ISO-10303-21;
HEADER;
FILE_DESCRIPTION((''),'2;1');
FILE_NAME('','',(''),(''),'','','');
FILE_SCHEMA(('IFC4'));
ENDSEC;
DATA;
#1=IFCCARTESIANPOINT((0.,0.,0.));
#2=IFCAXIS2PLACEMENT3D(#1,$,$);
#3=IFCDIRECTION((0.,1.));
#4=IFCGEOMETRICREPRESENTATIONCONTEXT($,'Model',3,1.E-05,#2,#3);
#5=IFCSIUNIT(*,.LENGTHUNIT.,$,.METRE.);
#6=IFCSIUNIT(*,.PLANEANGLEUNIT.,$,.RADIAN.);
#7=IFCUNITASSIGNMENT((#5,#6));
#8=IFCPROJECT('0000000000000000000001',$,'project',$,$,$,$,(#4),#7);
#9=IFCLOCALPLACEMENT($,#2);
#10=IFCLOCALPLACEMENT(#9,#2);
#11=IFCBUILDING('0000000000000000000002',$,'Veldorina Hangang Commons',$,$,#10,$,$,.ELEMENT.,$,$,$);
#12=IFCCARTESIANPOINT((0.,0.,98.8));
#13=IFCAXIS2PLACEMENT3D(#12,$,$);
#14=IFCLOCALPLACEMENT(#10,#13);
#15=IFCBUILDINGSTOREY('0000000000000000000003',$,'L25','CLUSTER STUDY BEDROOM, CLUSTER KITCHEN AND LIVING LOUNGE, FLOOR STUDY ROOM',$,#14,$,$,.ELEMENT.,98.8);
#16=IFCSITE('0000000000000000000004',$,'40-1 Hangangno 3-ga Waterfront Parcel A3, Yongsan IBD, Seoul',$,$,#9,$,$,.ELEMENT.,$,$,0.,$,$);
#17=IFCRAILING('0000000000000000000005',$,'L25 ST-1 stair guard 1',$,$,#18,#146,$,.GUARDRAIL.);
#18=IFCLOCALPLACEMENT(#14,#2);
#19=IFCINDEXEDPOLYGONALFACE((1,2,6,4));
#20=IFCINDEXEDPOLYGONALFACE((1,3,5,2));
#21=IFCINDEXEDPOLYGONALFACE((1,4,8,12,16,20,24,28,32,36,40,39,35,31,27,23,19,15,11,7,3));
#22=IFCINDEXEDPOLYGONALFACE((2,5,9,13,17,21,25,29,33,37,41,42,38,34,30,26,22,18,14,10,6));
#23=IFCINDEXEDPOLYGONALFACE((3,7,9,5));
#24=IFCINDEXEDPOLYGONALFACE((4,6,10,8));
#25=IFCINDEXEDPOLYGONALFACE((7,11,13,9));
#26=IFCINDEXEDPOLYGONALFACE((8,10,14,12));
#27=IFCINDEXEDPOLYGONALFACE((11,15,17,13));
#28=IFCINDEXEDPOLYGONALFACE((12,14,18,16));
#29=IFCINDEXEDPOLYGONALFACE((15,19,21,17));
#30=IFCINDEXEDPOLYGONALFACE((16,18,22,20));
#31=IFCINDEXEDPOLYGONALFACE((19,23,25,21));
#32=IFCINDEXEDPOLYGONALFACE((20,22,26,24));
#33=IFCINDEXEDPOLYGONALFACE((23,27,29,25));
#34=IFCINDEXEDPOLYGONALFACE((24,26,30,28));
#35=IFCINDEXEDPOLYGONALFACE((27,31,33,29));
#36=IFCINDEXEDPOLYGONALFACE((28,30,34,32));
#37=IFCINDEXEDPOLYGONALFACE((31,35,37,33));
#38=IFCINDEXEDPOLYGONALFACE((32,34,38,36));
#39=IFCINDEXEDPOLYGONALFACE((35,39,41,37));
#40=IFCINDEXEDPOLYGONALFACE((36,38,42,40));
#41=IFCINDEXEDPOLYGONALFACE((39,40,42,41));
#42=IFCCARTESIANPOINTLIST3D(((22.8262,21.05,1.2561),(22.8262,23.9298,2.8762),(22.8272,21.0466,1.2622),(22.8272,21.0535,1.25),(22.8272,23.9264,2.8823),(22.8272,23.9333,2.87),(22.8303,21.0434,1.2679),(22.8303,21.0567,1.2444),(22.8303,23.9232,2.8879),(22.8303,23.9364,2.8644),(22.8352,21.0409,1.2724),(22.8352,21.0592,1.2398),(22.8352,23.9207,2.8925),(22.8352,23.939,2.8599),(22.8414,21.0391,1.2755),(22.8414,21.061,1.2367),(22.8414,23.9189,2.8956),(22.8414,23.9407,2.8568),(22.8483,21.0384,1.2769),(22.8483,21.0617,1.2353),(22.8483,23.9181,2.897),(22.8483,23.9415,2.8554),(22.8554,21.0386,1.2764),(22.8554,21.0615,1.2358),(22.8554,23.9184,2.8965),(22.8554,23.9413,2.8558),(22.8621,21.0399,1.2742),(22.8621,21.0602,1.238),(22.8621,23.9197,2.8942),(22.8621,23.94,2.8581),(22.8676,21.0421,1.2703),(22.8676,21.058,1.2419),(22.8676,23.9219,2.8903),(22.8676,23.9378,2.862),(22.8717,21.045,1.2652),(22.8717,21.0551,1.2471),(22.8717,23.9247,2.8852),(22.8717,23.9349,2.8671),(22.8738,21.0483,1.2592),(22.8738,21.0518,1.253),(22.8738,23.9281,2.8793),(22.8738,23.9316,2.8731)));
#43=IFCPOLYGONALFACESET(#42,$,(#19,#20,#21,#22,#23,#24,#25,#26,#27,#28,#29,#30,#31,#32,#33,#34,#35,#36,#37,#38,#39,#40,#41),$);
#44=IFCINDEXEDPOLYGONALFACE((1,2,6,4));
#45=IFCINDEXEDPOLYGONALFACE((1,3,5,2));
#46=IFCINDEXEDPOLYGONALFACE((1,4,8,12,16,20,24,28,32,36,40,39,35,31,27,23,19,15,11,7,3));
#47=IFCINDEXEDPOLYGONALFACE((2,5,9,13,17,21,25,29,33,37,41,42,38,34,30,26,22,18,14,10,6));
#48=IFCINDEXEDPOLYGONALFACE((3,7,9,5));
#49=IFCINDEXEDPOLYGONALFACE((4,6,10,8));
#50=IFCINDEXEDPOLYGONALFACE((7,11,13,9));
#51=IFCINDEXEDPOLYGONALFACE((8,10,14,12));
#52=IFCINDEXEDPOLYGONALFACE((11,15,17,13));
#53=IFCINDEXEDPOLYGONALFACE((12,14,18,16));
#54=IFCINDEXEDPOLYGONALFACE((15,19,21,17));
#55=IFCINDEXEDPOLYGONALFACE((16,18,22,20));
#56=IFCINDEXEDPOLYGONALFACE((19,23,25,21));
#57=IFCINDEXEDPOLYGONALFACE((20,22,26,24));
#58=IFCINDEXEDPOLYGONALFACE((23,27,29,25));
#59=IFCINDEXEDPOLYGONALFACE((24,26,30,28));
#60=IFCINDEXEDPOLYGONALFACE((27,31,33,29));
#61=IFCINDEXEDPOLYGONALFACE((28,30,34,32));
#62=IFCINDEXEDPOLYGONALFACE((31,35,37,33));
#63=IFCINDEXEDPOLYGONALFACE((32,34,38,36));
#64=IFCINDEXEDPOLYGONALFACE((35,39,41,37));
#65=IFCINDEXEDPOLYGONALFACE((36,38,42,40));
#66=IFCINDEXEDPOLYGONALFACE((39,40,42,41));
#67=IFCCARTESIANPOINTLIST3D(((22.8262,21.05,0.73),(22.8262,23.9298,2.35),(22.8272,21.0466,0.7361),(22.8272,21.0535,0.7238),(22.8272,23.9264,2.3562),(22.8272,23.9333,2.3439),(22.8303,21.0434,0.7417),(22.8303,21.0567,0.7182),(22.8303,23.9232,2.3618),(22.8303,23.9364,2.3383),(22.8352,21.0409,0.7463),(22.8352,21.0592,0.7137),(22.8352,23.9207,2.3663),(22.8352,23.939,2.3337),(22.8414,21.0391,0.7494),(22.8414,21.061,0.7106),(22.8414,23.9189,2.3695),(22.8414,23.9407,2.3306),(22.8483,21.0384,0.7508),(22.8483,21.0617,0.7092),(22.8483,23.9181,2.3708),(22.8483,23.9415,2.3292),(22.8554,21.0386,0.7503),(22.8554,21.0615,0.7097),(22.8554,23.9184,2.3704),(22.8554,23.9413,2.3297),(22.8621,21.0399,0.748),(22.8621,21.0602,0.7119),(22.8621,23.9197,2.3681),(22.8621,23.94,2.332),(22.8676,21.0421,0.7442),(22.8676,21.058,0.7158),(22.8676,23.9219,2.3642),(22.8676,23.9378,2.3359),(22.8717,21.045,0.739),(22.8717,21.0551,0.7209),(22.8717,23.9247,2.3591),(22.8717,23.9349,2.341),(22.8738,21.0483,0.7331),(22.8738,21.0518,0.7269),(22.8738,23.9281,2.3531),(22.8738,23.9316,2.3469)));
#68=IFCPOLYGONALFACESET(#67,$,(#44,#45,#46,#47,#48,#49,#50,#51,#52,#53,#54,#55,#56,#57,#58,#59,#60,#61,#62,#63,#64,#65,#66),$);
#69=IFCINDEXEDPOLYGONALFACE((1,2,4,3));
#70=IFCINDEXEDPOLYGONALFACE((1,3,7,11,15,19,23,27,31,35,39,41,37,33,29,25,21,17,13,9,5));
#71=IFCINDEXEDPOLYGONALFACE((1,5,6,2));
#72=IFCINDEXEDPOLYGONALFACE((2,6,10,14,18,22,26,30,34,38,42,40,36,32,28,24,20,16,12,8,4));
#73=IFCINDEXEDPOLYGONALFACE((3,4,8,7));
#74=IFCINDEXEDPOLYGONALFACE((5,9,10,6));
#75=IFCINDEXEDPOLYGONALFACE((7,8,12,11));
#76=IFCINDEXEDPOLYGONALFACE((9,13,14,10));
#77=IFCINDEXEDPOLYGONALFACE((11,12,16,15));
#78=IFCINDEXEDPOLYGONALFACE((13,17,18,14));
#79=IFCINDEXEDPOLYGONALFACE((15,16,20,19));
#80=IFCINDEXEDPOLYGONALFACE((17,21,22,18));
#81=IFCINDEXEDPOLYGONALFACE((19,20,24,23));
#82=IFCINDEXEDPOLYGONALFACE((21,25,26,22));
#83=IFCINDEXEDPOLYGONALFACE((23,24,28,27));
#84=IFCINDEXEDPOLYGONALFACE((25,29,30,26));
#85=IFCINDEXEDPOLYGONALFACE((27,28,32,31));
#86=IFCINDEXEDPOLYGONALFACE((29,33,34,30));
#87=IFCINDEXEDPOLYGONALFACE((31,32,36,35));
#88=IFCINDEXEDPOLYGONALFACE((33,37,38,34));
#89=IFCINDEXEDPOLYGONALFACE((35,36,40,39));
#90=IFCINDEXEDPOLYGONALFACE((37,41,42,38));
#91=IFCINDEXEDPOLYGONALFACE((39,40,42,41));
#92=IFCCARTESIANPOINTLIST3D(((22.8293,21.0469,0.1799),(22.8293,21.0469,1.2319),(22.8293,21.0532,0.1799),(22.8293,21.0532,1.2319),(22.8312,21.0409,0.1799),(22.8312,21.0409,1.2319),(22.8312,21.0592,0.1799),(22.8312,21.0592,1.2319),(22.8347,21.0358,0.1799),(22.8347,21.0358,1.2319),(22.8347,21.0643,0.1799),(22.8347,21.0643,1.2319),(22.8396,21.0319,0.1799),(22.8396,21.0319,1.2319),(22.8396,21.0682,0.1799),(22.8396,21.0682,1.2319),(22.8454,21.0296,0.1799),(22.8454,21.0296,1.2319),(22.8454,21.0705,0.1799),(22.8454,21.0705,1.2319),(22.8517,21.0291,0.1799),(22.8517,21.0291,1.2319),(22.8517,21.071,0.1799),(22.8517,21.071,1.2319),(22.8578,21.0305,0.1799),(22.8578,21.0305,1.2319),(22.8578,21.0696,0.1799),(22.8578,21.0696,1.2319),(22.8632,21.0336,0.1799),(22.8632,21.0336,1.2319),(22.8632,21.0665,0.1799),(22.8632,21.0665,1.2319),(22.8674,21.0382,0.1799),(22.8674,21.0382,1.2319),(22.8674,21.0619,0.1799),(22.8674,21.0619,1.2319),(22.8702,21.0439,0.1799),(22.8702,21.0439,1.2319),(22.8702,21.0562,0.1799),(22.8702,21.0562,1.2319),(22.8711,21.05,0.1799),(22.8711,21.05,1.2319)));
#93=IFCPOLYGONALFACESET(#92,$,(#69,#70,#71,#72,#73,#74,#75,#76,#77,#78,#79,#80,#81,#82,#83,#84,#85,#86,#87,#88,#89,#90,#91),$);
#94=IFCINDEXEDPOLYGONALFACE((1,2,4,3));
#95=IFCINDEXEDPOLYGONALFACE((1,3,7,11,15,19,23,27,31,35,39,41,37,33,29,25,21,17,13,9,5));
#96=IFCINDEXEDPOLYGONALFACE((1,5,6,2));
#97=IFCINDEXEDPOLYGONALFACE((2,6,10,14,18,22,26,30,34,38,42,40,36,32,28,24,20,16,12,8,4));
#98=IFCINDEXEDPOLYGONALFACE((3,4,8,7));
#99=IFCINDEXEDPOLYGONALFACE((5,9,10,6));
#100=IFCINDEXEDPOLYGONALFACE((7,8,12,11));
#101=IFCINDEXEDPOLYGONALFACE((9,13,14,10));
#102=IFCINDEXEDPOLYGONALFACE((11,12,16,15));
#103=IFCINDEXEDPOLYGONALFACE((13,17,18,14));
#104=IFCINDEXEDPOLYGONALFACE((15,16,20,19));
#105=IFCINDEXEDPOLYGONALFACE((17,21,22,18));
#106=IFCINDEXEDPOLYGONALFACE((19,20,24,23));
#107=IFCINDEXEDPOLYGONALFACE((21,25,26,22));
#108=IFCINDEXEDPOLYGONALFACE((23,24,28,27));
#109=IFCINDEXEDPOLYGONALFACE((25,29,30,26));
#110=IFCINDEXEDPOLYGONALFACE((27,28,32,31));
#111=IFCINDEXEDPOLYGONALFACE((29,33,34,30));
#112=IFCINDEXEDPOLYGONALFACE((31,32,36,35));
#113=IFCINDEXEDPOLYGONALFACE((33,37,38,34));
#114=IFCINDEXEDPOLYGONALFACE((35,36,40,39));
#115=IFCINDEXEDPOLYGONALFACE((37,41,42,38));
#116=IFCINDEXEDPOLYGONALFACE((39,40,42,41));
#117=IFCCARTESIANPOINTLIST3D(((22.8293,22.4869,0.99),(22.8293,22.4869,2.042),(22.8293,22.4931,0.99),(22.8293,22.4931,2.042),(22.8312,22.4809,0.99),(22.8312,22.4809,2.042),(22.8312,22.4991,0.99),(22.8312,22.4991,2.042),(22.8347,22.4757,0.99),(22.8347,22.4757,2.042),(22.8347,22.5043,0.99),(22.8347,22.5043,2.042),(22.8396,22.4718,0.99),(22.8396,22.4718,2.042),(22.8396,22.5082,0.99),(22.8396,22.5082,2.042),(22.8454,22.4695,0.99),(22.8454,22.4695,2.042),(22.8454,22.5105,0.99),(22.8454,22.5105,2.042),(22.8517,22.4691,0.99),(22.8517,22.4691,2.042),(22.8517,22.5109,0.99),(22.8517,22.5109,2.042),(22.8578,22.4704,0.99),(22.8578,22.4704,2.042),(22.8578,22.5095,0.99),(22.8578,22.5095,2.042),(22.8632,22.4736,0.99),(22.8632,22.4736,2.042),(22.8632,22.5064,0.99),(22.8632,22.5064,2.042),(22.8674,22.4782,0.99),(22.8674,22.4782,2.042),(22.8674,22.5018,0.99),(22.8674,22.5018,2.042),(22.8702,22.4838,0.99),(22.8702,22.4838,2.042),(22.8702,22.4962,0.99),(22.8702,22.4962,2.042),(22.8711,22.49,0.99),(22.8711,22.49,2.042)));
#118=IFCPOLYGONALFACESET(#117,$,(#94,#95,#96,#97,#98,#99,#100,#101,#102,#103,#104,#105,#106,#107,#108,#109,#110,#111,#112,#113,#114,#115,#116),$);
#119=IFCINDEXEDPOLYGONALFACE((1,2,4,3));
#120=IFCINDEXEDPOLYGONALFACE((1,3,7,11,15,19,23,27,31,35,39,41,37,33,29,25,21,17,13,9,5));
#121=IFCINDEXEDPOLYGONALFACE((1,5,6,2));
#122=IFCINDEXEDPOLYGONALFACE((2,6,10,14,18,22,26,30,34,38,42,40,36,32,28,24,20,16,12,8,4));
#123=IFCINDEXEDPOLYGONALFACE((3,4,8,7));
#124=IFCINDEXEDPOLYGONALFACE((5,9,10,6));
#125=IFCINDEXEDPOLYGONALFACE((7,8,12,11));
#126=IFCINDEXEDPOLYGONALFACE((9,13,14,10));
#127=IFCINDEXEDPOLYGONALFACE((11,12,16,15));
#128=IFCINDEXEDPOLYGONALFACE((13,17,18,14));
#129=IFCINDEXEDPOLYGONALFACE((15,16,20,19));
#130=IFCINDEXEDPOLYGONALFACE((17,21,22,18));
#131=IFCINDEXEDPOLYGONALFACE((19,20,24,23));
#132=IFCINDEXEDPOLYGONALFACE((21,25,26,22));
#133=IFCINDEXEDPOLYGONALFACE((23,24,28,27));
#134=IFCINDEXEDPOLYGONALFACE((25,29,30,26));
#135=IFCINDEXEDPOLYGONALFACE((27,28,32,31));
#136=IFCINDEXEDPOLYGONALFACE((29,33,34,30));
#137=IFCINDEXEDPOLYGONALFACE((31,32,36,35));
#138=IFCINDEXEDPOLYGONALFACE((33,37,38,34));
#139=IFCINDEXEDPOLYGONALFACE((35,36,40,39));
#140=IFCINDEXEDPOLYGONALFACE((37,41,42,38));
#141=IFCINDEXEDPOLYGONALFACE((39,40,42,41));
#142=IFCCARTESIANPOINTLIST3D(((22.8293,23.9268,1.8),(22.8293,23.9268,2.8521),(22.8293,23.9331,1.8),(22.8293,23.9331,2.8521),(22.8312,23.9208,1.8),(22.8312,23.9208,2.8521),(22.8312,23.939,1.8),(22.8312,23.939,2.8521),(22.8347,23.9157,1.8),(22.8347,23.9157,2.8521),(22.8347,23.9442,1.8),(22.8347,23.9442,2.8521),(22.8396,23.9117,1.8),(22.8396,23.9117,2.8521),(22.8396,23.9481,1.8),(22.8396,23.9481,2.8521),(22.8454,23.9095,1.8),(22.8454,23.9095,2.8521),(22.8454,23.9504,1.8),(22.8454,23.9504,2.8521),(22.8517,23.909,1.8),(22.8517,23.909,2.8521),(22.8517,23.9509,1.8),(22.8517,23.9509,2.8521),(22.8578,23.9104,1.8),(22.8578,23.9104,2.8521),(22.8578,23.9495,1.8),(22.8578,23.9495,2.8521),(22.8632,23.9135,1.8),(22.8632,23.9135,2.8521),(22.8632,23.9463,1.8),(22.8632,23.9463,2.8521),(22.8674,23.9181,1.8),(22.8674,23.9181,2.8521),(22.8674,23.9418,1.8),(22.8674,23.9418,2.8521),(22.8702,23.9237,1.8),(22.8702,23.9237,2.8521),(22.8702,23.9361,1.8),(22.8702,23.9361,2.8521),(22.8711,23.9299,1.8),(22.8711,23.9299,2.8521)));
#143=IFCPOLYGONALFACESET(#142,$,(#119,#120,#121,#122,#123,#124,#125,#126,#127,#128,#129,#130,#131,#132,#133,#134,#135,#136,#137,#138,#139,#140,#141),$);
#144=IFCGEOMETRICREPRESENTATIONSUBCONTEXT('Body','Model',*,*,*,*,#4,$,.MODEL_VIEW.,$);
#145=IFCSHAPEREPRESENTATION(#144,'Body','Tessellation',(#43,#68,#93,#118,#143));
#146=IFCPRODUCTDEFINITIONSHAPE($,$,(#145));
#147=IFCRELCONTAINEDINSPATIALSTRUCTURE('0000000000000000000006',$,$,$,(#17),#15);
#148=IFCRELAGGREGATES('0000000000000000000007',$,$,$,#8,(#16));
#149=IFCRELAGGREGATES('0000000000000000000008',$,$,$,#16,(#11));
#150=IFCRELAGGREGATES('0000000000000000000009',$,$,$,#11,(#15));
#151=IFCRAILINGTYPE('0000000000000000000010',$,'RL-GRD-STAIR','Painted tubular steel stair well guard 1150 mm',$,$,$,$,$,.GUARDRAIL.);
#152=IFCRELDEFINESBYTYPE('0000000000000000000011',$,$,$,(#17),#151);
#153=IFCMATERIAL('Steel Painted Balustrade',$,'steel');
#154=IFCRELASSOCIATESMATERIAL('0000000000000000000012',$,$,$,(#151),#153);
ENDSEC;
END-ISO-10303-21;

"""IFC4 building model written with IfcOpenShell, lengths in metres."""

from ifc_helpers import new_model, si_unit, direction, frame, origin, origin_2d, place, context, subcontext, project, spatial, circle, extrude, material, type_object, element, save


model = new_model("IFC4")

# Units and contexts
model_context = context("Model", 3, precision=1e-05, world=origin(), true_north=direction((0.0, 1.0)))
body_context = subcontext(model_context, "Body", "Model", "MODEL_VIEW")
ifc_project = project(units=[si_unit("LENGTHUNIT", "METRE"), si_unit("PLANEANGLEUNIT", "RADIAN")], contexts=[model_context])

# Site, building, storey
site_placement = place(None, origin())
site = spatial("IfcSite", under=ifc_project, at=site_placement, Name="40-1 Hangangno 3-ga Waterfront Parcel A3, Yongsan IBD, Seoul", CompositionType="ELEMENT", RefElevation=0.0)
building_placement = place(site_placement, origin())
building = spatial("IfcBuilding", under=site, at=building_placement, Name="Veldorina Hangang Commons", CompositionType="ELEMENT")
storey_placement = place(building_placement, frame((0.0, 0.0, 98.8)))
storey = spatial("IfcBuildingStorey", under=building, at=storey_placement, Name="L25", Description="CLUSTER STUDY BEDROOM, CLUSTER KITCHEN AND LIVING LOUNGE, FLOOR STUDY ROOM", CompositionType="ELEMENT", Elevation=98.8)

# Railing
ifc_material_1 = material(Name="Steel Painted Balustrade", Category="steel")
railing_type_1 = type_object("IfcRailingType", Name="RL-GRD-STAIR", Description="Painted tubular steel stair well guard 1150 mm", PredefinedType="GUARDRAIL", material=ifc_material_1)
railing_1_placement = place(storey_placement, frame((22.8501, 21.05, 0.1799)))
element("IfcRailing", 1, at=railing_1_placement, inside=storey, type_object=railing_type_1, Name="L25 ST-1 stair guard 1", PredefinedType="GUARDRAIL", context=body_context, shape_type="SweptSolid", body=[
    extrude(circle(Radius=0.0239, at=origin_2d()), frame((0.0, 0.0, 1.0762), z_axis=(0.0, 0.871552, 0.490303), x_axis=(-1.0, 0.0, 0.0)), (0.0, 0.0, 1.0), 3.3042),
    extrude(circle(Radius=0.0239, at=origin_2d()), frame((0.0, 0.0, 0.55), z_axis=(0.0, 0.871552, 0.490303), x_axis=(-1.0, 0.0, 0.0)), (0.0, 0.0, 1.0), 3.3042),
    extrude(circle(Radius=0.021, at=origin_2d()), origin(), (0.0, 0.0, 1.0), 1.052),
    extrude(circle(Radius=0.021, at=origin_2d()), frame((0.0, 1.4399, 0.8101)), (0.0, 0.0, 1.0), 1.052),
    extrude(circle(Radius=0.021, at=origin_2d()), frame((0.0, 2.8799, 1.6201)), (0.0, 0.0, 1.0), 1.052),
])

save(model, "model.ifc")
